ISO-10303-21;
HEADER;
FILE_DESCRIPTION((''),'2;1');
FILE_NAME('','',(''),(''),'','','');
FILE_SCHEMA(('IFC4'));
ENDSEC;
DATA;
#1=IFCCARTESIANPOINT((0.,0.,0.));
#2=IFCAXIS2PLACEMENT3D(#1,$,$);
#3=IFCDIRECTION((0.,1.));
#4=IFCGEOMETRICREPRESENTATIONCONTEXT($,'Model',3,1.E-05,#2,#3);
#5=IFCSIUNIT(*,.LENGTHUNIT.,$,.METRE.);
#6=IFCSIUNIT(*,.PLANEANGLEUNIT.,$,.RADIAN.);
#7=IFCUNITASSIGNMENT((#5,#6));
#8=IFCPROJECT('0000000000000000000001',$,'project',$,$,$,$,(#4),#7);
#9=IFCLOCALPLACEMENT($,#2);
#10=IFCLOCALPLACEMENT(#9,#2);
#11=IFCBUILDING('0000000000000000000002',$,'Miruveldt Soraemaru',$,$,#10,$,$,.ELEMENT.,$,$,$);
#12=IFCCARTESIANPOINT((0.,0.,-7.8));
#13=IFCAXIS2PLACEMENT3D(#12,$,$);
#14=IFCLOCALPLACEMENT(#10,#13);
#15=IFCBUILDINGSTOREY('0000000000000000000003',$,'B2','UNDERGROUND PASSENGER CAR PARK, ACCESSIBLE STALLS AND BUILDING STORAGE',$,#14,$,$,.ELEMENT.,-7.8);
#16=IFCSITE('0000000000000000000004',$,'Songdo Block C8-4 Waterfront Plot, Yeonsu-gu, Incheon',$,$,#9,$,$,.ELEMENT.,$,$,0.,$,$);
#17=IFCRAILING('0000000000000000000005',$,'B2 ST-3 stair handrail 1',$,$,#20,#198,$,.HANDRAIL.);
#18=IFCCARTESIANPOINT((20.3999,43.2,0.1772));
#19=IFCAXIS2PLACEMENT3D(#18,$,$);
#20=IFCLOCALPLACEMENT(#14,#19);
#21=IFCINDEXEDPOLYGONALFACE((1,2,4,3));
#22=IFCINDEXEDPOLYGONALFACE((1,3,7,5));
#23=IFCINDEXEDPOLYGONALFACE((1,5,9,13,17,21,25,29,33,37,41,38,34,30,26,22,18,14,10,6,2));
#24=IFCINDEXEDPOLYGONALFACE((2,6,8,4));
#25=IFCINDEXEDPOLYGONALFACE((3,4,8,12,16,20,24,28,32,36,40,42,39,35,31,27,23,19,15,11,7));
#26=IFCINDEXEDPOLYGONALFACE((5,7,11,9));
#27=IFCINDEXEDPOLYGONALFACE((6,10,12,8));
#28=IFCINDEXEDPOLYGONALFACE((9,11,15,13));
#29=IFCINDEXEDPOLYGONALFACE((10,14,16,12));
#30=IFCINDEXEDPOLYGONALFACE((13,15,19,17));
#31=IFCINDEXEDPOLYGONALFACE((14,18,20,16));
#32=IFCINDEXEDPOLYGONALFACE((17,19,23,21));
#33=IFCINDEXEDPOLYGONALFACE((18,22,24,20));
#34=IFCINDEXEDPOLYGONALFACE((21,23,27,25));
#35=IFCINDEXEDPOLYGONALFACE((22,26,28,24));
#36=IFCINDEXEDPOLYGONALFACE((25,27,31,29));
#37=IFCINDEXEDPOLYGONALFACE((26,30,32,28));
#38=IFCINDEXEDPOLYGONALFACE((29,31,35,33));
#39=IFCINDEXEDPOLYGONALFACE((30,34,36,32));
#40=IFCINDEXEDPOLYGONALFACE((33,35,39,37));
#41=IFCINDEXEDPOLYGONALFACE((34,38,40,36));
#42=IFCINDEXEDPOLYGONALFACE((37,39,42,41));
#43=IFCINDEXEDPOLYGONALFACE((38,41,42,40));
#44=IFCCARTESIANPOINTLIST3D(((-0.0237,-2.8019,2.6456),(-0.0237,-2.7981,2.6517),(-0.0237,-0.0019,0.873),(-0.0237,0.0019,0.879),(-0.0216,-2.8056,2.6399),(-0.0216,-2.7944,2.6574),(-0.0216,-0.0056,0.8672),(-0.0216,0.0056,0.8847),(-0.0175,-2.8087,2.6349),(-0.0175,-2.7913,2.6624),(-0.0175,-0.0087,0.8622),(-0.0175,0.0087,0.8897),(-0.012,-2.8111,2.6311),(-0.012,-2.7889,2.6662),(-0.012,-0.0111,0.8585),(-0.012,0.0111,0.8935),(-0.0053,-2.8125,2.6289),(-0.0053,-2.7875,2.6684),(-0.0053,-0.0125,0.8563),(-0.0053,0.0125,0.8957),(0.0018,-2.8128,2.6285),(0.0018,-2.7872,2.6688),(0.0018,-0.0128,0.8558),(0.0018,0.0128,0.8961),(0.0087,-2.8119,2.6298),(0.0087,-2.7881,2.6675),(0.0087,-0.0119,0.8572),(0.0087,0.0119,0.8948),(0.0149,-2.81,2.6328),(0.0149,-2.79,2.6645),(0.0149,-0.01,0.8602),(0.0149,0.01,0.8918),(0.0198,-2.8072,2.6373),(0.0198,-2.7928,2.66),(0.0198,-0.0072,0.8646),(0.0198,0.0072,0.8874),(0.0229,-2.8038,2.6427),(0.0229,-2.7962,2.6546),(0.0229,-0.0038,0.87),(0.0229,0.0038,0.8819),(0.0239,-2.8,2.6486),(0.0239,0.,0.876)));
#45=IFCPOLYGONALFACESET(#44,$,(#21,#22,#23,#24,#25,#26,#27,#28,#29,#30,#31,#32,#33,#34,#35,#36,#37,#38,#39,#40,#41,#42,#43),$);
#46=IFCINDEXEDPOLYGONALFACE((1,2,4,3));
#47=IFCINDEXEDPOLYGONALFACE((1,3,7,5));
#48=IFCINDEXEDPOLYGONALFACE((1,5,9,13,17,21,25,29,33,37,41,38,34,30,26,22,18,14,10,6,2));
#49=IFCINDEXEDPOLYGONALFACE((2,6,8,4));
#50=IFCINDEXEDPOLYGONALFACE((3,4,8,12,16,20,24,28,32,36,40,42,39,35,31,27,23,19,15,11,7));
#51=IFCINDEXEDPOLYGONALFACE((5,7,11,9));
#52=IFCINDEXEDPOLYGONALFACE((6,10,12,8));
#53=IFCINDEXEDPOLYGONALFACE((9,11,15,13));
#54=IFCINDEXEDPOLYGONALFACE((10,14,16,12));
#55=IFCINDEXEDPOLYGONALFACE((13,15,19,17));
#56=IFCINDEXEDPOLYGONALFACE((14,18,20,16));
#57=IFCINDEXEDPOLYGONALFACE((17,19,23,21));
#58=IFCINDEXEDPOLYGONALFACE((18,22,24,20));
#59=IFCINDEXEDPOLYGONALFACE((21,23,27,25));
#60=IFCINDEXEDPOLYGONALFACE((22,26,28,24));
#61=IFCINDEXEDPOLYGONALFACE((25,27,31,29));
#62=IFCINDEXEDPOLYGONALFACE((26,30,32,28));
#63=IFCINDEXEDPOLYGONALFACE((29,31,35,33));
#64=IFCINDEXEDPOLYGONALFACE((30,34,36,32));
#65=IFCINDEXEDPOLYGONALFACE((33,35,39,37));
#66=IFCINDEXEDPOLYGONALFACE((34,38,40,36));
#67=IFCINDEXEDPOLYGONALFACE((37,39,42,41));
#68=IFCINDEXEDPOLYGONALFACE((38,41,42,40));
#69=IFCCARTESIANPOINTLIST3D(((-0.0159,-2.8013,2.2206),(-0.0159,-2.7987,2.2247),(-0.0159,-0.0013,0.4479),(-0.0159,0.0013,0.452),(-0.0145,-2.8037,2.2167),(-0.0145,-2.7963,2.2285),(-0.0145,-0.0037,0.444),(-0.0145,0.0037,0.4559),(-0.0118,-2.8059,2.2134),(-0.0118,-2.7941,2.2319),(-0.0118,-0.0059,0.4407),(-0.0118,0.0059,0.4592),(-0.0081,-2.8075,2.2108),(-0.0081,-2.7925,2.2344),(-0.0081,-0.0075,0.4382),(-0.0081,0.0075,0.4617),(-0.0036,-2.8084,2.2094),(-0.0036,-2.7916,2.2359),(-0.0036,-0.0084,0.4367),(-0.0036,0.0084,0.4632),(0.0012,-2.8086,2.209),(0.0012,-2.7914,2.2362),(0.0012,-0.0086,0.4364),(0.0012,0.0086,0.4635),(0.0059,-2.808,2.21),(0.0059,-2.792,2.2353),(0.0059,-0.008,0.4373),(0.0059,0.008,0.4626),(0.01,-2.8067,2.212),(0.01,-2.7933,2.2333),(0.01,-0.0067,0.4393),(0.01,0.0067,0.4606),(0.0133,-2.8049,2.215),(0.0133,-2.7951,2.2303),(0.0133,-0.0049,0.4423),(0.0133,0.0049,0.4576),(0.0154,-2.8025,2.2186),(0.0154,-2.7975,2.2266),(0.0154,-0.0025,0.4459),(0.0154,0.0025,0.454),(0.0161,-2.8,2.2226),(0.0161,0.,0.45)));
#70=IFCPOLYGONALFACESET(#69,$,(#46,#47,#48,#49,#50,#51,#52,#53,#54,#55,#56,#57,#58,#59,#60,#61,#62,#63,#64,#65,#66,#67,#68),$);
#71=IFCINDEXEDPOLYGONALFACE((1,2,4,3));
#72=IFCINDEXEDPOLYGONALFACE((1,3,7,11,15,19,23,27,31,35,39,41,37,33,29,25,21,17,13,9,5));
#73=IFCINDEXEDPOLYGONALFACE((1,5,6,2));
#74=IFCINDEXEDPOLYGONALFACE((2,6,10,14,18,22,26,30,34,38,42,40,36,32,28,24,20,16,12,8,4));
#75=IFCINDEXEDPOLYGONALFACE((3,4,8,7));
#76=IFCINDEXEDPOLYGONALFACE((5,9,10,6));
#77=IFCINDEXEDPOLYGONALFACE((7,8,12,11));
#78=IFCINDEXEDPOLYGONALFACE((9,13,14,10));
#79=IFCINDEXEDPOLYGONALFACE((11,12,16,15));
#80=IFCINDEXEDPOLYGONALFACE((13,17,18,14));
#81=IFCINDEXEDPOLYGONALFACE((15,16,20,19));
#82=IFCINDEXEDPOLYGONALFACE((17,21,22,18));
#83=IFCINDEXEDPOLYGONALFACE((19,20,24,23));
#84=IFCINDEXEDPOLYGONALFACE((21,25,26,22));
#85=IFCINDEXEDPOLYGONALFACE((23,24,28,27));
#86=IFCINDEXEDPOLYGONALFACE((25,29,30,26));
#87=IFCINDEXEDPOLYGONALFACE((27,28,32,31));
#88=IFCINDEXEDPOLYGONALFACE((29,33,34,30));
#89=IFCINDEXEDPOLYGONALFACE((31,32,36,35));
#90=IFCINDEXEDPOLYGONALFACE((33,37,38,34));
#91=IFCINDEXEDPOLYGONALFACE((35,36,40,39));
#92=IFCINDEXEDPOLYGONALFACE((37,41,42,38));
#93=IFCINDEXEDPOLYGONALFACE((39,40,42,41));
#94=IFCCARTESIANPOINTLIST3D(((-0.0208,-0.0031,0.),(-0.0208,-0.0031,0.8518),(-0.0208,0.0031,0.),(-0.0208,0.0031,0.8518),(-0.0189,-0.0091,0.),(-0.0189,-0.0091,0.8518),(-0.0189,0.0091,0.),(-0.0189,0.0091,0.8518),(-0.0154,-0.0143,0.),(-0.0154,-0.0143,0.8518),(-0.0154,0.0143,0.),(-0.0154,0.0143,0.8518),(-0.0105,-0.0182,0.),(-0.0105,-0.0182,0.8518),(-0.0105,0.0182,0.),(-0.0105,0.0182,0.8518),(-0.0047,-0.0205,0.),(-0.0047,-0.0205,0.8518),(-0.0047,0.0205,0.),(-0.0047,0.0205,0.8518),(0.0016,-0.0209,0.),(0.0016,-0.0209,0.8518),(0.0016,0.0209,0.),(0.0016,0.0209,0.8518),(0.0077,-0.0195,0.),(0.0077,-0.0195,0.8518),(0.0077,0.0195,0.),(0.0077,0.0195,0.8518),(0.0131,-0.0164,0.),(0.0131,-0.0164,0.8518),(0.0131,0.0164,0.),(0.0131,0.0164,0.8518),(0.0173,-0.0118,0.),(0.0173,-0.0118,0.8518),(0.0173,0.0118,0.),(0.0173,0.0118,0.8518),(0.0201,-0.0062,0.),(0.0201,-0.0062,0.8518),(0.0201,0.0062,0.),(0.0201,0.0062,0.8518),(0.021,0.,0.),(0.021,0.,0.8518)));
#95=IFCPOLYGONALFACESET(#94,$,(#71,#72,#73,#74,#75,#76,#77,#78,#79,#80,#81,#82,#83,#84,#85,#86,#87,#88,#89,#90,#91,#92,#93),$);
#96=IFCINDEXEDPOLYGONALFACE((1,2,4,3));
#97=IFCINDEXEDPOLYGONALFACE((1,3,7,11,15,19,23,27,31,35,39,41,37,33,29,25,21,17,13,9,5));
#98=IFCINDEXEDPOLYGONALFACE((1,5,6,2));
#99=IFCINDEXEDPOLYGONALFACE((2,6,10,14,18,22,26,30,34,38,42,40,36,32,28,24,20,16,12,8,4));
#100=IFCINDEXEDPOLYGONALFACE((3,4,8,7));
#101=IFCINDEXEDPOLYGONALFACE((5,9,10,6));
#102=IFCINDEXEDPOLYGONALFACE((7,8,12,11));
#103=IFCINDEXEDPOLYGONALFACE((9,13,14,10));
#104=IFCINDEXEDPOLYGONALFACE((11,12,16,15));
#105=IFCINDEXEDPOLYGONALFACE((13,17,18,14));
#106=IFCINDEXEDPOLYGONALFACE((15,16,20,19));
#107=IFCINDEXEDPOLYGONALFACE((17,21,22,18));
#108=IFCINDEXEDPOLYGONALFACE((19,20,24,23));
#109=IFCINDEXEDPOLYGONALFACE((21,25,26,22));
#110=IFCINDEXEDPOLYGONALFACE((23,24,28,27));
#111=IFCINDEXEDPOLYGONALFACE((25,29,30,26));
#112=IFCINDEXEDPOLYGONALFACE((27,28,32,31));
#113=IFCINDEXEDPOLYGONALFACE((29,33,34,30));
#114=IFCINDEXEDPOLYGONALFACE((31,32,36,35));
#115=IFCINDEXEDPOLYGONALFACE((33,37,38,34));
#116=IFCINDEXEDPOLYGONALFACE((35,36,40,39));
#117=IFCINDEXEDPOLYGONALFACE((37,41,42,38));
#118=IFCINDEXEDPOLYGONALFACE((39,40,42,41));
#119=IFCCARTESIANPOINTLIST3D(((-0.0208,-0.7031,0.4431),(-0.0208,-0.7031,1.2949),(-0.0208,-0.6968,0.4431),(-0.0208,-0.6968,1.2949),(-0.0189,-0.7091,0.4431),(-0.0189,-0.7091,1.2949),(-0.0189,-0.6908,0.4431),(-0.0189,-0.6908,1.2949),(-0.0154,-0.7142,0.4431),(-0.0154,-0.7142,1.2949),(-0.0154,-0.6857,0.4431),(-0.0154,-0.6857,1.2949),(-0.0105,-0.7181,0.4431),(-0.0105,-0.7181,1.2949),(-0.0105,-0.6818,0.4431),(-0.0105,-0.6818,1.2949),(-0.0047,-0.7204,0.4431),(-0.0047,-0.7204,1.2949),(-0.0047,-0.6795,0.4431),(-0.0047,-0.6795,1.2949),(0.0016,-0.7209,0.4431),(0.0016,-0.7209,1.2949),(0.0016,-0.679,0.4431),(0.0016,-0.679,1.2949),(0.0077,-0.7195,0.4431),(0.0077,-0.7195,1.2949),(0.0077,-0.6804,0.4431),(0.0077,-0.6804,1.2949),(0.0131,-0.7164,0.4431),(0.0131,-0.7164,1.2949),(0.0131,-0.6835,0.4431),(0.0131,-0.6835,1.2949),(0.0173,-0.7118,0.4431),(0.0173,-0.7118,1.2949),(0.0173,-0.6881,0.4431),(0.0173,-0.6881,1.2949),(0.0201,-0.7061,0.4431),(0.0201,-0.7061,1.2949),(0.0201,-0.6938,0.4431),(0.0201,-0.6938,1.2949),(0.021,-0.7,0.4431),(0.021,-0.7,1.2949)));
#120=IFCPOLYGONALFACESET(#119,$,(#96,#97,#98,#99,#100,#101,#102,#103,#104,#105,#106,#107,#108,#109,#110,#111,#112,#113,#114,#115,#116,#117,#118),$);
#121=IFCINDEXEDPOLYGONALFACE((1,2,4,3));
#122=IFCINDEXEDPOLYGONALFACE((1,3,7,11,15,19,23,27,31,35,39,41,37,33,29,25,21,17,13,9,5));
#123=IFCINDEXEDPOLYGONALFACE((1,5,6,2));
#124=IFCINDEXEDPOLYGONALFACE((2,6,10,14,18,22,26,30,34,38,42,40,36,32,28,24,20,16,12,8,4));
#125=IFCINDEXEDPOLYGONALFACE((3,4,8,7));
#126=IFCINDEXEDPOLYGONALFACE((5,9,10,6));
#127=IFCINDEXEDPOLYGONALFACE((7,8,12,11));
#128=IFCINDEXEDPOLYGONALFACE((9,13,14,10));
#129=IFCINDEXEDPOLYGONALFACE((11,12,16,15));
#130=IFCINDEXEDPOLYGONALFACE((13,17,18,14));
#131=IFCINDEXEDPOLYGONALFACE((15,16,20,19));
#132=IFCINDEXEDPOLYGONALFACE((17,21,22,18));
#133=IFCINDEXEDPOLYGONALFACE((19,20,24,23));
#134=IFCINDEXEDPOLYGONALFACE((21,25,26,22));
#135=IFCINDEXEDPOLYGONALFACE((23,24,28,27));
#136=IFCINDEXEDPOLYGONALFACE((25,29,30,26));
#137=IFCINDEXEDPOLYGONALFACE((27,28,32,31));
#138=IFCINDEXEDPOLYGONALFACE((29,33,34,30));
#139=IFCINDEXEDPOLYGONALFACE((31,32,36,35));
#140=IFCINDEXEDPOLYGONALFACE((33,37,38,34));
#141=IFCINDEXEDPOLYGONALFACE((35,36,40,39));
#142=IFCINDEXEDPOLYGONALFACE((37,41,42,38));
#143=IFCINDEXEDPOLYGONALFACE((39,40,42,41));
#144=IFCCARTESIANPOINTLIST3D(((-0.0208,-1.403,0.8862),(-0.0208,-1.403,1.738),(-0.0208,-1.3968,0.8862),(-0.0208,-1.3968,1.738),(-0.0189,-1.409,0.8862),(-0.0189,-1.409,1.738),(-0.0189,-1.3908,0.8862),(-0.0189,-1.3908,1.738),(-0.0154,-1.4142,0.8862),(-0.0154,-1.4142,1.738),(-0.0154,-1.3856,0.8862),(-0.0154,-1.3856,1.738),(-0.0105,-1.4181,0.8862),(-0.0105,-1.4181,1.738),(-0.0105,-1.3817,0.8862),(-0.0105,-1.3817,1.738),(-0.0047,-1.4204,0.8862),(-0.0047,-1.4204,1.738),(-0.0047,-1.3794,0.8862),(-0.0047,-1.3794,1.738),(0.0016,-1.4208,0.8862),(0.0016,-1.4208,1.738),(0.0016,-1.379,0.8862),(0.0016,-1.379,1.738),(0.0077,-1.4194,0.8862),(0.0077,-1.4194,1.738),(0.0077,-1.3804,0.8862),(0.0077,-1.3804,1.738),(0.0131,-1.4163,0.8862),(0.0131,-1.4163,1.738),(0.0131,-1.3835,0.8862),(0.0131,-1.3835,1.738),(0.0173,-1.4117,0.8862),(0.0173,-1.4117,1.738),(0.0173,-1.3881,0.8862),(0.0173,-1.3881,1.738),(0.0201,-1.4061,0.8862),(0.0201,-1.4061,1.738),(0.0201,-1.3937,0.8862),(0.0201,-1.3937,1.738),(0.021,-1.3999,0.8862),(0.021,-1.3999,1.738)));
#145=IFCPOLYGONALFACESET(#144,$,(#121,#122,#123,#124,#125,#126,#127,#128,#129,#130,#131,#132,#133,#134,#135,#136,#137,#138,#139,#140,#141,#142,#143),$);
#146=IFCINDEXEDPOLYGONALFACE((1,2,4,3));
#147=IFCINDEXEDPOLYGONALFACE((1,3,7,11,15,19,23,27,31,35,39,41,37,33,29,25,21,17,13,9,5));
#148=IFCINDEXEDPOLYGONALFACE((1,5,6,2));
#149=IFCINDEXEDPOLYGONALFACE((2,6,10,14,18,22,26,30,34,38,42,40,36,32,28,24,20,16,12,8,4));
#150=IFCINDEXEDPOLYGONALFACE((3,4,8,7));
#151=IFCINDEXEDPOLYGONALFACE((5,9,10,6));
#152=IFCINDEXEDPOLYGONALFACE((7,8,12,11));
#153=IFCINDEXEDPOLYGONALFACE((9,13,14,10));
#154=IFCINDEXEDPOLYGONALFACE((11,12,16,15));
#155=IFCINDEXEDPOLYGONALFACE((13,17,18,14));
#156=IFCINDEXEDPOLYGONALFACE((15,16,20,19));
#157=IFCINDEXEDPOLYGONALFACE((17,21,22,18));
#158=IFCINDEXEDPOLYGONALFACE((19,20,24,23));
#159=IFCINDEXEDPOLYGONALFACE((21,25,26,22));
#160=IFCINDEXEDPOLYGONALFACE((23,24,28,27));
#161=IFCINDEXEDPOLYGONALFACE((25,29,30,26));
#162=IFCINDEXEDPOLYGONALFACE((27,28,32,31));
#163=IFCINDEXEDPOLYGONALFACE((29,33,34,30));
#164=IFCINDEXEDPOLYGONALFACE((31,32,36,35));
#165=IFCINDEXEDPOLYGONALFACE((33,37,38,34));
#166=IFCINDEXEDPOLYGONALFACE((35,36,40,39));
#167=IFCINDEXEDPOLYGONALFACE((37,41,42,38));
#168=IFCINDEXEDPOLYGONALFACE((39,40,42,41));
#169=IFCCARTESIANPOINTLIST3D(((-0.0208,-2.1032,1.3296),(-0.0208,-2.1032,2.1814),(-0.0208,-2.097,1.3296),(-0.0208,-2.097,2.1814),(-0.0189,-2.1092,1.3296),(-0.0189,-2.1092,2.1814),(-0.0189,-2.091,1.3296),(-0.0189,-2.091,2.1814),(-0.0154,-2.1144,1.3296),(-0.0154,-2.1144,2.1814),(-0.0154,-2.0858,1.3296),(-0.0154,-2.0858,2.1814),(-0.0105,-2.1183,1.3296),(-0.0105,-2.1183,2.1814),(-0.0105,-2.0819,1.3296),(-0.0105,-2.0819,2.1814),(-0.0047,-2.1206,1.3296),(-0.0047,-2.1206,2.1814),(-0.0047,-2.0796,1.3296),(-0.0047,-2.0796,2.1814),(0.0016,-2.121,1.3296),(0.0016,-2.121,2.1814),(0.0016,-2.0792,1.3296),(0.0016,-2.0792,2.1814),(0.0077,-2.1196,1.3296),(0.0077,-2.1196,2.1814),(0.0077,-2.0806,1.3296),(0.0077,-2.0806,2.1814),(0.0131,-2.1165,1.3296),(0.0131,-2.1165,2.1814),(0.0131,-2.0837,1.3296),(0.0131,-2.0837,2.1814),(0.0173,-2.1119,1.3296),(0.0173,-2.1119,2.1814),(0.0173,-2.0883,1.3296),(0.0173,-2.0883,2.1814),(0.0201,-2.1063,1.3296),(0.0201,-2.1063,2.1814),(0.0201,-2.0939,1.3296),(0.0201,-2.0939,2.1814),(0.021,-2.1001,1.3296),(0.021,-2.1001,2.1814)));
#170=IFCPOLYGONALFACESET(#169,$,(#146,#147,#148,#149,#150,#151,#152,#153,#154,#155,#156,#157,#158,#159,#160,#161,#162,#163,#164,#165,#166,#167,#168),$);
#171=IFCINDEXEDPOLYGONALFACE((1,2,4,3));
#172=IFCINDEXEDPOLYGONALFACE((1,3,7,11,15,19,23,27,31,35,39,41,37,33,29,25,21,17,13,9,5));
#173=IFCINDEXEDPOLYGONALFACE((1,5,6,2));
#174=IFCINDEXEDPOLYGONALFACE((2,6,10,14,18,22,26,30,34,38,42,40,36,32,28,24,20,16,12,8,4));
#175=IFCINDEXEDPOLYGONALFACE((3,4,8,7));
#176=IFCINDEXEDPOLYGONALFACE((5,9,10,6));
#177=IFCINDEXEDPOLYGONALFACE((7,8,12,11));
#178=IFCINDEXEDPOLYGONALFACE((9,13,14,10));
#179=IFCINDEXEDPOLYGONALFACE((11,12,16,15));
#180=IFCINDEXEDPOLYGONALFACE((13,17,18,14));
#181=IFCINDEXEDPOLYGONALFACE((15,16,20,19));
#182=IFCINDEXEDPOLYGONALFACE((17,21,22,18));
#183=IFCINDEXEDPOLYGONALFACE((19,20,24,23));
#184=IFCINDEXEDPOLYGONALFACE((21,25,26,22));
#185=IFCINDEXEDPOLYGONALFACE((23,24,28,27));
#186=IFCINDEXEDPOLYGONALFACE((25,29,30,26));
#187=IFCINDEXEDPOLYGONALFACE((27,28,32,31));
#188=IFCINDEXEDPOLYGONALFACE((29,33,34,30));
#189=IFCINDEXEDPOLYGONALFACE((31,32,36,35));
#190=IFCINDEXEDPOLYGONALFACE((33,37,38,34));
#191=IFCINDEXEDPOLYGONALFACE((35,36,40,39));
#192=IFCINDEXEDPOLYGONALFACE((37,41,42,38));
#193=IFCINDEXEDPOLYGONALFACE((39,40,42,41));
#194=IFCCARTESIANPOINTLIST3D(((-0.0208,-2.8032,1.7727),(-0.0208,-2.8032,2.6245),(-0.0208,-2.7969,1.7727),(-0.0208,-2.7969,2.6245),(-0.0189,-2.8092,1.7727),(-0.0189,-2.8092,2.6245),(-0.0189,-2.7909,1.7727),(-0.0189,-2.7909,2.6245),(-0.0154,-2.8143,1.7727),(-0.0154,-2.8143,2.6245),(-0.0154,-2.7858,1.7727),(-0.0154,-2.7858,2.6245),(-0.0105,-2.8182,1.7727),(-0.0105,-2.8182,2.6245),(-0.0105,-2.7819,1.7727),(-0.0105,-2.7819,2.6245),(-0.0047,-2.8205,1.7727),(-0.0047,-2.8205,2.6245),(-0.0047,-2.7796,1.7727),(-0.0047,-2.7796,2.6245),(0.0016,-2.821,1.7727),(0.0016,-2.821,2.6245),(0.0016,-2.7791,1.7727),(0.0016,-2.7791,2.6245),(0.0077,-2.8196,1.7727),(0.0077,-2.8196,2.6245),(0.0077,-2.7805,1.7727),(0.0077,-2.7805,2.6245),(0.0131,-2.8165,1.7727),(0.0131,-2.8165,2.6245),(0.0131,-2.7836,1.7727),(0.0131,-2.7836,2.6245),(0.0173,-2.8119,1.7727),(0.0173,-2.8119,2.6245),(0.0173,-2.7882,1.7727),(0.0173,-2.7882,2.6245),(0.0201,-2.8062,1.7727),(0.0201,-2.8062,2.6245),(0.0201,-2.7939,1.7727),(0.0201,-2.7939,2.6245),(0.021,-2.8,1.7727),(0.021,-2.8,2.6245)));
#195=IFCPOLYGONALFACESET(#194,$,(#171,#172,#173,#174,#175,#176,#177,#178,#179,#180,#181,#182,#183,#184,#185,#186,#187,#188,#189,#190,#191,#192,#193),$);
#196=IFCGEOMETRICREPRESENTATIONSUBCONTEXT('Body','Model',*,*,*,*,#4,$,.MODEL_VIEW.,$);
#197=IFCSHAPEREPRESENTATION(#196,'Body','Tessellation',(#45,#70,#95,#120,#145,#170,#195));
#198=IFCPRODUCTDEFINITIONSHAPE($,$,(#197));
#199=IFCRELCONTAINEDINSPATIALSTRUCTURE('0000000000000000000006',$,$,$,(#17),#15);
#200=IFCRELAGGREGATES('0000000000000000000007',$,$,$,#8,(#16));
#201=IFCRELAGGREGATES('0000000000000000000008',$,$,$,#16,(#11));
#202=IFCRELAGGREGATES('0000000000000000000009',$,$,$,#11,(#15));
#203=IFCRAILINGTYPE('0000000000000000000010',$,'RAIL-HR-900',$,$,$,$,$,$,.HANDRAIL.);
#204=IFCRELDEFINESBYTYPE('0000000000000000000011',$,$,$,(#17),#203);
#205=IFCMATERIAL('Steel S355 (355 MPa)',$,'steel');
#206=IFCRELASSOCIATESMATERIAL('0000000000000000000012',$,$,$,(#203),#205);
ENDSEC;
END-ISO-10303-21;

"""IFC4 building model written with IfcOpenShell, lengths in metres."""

from ifc_helpers import new_model, si_unit, direction, frame, origin, origin_2d, place, context, subcontext, project, spatial, circle, extrude, material, type_object, element, save


model = new_model("IFC4")

# Units and contexts
model_context = context("Model", 3, precision=1e-05, world=origin(), true_north=direction((0.0, 1.0)))
body_context = subcontext(model_context, "Body", "Model", "MODEL_VIEW")
ifc_project = project(units=[si_unit("LENGTHUNIT", "METRE"), si_unit("PLANEANGLEUNIT", "RADIAN")], contexts=[model_context])

# Site, building, storey
site_placement = place(None, origin())
site = spatial("IfcSite", under=ifc_project, at=site_placement, Name="Songdo Block C8-4 Waterfront Plot, Yeonsu-gu, Incheon", CompositionType="ELEMENT", RefElevation=0.0)
building_placement = place(site_placement, origin())
building = spatial("IfcBuilding", under=site, at=building_placement, Name="Miruveldt Soraemaru", CompositionType="ELEMENT")
storey_placement = place(building_placement, frame((0.0, 0.0, -7.8)))
storey = spatial("IfcBuildingStorey", under=building, at=storey_placement, Name="B2", Description="UNDERGROUND PASSENGER CAR PARK, ACCESSIBLE STALLS AND BUILDING STORAGE", CompositionType="ELEMENT", Elevation=-7.8)

# Railing
ifc_material_1 = material(Name="Steel S355 (355 MPa)", Category="steel")
railing_type_1 = type_object("IfcRailingType", Name="RAIL-HR-900", PredefinedType="HANDRAIL", material=ifc_material_1)
for number, where, name in (
    (1, (20.3999, 43.2, 0.1772), "B2 ST-3 stair handrail 1"),
):
    element("IfcRailing", number, at=place(storey_placement, frame(where)), inside=storey, type_object=railing_type_1, Name=name, PredefinedType="HANDRAIL", context=body_context, shape_type="SweptSolid", body=[
        extrude(circle(Radius=0.0239, at=origin_2d()), frame((0.0, 0.0, 0.876), z_axis=(0.0, -0.844909, 0.53491), x_axis=(1.0, 0.0, 0.0)), (0.0, 0.0, 1.0), 3.314),
        extrude(circle(Radius=0.0161, at=origin_2d()), frame((0.0, 0.0, 0.45), z_axis=(0.0, -0.844909, 0.53491), x_axis=(1.0, 0.0, 0.0)), (0.0, 0.0, 1.0), 3.314),
        extrude(circle(Radius=0.021, at=origin_2d()), origin(), (0.0, 0.0, 1.0), 0.8518),
        extrude(circle(Radius=0.021, at=origin_2d()), frame((0.0, -0.7, 0.4431)), (0.0, 0.0, 1.0), 0.8518),
        extrude(circle(Radius=0.021, at=origin_2d()), frame((0.0, -1.3999, 0.8862)), (0.0, 0.0, 1.0), 0.8518),
        extrude(circle(Radius=0.021, at=origin_2d()), frame((0.0, -2.1001, 1.3296)), (0.0, 0.0, 1.0), 0.8518),
        extrude(circle(Radius=0.021, at=origin_2d()), frame((0.0, -2.8, 1.7727)), (0.0, 0.0, 1.0), 0.8518),
    ])

save(model, "model.ifc")
